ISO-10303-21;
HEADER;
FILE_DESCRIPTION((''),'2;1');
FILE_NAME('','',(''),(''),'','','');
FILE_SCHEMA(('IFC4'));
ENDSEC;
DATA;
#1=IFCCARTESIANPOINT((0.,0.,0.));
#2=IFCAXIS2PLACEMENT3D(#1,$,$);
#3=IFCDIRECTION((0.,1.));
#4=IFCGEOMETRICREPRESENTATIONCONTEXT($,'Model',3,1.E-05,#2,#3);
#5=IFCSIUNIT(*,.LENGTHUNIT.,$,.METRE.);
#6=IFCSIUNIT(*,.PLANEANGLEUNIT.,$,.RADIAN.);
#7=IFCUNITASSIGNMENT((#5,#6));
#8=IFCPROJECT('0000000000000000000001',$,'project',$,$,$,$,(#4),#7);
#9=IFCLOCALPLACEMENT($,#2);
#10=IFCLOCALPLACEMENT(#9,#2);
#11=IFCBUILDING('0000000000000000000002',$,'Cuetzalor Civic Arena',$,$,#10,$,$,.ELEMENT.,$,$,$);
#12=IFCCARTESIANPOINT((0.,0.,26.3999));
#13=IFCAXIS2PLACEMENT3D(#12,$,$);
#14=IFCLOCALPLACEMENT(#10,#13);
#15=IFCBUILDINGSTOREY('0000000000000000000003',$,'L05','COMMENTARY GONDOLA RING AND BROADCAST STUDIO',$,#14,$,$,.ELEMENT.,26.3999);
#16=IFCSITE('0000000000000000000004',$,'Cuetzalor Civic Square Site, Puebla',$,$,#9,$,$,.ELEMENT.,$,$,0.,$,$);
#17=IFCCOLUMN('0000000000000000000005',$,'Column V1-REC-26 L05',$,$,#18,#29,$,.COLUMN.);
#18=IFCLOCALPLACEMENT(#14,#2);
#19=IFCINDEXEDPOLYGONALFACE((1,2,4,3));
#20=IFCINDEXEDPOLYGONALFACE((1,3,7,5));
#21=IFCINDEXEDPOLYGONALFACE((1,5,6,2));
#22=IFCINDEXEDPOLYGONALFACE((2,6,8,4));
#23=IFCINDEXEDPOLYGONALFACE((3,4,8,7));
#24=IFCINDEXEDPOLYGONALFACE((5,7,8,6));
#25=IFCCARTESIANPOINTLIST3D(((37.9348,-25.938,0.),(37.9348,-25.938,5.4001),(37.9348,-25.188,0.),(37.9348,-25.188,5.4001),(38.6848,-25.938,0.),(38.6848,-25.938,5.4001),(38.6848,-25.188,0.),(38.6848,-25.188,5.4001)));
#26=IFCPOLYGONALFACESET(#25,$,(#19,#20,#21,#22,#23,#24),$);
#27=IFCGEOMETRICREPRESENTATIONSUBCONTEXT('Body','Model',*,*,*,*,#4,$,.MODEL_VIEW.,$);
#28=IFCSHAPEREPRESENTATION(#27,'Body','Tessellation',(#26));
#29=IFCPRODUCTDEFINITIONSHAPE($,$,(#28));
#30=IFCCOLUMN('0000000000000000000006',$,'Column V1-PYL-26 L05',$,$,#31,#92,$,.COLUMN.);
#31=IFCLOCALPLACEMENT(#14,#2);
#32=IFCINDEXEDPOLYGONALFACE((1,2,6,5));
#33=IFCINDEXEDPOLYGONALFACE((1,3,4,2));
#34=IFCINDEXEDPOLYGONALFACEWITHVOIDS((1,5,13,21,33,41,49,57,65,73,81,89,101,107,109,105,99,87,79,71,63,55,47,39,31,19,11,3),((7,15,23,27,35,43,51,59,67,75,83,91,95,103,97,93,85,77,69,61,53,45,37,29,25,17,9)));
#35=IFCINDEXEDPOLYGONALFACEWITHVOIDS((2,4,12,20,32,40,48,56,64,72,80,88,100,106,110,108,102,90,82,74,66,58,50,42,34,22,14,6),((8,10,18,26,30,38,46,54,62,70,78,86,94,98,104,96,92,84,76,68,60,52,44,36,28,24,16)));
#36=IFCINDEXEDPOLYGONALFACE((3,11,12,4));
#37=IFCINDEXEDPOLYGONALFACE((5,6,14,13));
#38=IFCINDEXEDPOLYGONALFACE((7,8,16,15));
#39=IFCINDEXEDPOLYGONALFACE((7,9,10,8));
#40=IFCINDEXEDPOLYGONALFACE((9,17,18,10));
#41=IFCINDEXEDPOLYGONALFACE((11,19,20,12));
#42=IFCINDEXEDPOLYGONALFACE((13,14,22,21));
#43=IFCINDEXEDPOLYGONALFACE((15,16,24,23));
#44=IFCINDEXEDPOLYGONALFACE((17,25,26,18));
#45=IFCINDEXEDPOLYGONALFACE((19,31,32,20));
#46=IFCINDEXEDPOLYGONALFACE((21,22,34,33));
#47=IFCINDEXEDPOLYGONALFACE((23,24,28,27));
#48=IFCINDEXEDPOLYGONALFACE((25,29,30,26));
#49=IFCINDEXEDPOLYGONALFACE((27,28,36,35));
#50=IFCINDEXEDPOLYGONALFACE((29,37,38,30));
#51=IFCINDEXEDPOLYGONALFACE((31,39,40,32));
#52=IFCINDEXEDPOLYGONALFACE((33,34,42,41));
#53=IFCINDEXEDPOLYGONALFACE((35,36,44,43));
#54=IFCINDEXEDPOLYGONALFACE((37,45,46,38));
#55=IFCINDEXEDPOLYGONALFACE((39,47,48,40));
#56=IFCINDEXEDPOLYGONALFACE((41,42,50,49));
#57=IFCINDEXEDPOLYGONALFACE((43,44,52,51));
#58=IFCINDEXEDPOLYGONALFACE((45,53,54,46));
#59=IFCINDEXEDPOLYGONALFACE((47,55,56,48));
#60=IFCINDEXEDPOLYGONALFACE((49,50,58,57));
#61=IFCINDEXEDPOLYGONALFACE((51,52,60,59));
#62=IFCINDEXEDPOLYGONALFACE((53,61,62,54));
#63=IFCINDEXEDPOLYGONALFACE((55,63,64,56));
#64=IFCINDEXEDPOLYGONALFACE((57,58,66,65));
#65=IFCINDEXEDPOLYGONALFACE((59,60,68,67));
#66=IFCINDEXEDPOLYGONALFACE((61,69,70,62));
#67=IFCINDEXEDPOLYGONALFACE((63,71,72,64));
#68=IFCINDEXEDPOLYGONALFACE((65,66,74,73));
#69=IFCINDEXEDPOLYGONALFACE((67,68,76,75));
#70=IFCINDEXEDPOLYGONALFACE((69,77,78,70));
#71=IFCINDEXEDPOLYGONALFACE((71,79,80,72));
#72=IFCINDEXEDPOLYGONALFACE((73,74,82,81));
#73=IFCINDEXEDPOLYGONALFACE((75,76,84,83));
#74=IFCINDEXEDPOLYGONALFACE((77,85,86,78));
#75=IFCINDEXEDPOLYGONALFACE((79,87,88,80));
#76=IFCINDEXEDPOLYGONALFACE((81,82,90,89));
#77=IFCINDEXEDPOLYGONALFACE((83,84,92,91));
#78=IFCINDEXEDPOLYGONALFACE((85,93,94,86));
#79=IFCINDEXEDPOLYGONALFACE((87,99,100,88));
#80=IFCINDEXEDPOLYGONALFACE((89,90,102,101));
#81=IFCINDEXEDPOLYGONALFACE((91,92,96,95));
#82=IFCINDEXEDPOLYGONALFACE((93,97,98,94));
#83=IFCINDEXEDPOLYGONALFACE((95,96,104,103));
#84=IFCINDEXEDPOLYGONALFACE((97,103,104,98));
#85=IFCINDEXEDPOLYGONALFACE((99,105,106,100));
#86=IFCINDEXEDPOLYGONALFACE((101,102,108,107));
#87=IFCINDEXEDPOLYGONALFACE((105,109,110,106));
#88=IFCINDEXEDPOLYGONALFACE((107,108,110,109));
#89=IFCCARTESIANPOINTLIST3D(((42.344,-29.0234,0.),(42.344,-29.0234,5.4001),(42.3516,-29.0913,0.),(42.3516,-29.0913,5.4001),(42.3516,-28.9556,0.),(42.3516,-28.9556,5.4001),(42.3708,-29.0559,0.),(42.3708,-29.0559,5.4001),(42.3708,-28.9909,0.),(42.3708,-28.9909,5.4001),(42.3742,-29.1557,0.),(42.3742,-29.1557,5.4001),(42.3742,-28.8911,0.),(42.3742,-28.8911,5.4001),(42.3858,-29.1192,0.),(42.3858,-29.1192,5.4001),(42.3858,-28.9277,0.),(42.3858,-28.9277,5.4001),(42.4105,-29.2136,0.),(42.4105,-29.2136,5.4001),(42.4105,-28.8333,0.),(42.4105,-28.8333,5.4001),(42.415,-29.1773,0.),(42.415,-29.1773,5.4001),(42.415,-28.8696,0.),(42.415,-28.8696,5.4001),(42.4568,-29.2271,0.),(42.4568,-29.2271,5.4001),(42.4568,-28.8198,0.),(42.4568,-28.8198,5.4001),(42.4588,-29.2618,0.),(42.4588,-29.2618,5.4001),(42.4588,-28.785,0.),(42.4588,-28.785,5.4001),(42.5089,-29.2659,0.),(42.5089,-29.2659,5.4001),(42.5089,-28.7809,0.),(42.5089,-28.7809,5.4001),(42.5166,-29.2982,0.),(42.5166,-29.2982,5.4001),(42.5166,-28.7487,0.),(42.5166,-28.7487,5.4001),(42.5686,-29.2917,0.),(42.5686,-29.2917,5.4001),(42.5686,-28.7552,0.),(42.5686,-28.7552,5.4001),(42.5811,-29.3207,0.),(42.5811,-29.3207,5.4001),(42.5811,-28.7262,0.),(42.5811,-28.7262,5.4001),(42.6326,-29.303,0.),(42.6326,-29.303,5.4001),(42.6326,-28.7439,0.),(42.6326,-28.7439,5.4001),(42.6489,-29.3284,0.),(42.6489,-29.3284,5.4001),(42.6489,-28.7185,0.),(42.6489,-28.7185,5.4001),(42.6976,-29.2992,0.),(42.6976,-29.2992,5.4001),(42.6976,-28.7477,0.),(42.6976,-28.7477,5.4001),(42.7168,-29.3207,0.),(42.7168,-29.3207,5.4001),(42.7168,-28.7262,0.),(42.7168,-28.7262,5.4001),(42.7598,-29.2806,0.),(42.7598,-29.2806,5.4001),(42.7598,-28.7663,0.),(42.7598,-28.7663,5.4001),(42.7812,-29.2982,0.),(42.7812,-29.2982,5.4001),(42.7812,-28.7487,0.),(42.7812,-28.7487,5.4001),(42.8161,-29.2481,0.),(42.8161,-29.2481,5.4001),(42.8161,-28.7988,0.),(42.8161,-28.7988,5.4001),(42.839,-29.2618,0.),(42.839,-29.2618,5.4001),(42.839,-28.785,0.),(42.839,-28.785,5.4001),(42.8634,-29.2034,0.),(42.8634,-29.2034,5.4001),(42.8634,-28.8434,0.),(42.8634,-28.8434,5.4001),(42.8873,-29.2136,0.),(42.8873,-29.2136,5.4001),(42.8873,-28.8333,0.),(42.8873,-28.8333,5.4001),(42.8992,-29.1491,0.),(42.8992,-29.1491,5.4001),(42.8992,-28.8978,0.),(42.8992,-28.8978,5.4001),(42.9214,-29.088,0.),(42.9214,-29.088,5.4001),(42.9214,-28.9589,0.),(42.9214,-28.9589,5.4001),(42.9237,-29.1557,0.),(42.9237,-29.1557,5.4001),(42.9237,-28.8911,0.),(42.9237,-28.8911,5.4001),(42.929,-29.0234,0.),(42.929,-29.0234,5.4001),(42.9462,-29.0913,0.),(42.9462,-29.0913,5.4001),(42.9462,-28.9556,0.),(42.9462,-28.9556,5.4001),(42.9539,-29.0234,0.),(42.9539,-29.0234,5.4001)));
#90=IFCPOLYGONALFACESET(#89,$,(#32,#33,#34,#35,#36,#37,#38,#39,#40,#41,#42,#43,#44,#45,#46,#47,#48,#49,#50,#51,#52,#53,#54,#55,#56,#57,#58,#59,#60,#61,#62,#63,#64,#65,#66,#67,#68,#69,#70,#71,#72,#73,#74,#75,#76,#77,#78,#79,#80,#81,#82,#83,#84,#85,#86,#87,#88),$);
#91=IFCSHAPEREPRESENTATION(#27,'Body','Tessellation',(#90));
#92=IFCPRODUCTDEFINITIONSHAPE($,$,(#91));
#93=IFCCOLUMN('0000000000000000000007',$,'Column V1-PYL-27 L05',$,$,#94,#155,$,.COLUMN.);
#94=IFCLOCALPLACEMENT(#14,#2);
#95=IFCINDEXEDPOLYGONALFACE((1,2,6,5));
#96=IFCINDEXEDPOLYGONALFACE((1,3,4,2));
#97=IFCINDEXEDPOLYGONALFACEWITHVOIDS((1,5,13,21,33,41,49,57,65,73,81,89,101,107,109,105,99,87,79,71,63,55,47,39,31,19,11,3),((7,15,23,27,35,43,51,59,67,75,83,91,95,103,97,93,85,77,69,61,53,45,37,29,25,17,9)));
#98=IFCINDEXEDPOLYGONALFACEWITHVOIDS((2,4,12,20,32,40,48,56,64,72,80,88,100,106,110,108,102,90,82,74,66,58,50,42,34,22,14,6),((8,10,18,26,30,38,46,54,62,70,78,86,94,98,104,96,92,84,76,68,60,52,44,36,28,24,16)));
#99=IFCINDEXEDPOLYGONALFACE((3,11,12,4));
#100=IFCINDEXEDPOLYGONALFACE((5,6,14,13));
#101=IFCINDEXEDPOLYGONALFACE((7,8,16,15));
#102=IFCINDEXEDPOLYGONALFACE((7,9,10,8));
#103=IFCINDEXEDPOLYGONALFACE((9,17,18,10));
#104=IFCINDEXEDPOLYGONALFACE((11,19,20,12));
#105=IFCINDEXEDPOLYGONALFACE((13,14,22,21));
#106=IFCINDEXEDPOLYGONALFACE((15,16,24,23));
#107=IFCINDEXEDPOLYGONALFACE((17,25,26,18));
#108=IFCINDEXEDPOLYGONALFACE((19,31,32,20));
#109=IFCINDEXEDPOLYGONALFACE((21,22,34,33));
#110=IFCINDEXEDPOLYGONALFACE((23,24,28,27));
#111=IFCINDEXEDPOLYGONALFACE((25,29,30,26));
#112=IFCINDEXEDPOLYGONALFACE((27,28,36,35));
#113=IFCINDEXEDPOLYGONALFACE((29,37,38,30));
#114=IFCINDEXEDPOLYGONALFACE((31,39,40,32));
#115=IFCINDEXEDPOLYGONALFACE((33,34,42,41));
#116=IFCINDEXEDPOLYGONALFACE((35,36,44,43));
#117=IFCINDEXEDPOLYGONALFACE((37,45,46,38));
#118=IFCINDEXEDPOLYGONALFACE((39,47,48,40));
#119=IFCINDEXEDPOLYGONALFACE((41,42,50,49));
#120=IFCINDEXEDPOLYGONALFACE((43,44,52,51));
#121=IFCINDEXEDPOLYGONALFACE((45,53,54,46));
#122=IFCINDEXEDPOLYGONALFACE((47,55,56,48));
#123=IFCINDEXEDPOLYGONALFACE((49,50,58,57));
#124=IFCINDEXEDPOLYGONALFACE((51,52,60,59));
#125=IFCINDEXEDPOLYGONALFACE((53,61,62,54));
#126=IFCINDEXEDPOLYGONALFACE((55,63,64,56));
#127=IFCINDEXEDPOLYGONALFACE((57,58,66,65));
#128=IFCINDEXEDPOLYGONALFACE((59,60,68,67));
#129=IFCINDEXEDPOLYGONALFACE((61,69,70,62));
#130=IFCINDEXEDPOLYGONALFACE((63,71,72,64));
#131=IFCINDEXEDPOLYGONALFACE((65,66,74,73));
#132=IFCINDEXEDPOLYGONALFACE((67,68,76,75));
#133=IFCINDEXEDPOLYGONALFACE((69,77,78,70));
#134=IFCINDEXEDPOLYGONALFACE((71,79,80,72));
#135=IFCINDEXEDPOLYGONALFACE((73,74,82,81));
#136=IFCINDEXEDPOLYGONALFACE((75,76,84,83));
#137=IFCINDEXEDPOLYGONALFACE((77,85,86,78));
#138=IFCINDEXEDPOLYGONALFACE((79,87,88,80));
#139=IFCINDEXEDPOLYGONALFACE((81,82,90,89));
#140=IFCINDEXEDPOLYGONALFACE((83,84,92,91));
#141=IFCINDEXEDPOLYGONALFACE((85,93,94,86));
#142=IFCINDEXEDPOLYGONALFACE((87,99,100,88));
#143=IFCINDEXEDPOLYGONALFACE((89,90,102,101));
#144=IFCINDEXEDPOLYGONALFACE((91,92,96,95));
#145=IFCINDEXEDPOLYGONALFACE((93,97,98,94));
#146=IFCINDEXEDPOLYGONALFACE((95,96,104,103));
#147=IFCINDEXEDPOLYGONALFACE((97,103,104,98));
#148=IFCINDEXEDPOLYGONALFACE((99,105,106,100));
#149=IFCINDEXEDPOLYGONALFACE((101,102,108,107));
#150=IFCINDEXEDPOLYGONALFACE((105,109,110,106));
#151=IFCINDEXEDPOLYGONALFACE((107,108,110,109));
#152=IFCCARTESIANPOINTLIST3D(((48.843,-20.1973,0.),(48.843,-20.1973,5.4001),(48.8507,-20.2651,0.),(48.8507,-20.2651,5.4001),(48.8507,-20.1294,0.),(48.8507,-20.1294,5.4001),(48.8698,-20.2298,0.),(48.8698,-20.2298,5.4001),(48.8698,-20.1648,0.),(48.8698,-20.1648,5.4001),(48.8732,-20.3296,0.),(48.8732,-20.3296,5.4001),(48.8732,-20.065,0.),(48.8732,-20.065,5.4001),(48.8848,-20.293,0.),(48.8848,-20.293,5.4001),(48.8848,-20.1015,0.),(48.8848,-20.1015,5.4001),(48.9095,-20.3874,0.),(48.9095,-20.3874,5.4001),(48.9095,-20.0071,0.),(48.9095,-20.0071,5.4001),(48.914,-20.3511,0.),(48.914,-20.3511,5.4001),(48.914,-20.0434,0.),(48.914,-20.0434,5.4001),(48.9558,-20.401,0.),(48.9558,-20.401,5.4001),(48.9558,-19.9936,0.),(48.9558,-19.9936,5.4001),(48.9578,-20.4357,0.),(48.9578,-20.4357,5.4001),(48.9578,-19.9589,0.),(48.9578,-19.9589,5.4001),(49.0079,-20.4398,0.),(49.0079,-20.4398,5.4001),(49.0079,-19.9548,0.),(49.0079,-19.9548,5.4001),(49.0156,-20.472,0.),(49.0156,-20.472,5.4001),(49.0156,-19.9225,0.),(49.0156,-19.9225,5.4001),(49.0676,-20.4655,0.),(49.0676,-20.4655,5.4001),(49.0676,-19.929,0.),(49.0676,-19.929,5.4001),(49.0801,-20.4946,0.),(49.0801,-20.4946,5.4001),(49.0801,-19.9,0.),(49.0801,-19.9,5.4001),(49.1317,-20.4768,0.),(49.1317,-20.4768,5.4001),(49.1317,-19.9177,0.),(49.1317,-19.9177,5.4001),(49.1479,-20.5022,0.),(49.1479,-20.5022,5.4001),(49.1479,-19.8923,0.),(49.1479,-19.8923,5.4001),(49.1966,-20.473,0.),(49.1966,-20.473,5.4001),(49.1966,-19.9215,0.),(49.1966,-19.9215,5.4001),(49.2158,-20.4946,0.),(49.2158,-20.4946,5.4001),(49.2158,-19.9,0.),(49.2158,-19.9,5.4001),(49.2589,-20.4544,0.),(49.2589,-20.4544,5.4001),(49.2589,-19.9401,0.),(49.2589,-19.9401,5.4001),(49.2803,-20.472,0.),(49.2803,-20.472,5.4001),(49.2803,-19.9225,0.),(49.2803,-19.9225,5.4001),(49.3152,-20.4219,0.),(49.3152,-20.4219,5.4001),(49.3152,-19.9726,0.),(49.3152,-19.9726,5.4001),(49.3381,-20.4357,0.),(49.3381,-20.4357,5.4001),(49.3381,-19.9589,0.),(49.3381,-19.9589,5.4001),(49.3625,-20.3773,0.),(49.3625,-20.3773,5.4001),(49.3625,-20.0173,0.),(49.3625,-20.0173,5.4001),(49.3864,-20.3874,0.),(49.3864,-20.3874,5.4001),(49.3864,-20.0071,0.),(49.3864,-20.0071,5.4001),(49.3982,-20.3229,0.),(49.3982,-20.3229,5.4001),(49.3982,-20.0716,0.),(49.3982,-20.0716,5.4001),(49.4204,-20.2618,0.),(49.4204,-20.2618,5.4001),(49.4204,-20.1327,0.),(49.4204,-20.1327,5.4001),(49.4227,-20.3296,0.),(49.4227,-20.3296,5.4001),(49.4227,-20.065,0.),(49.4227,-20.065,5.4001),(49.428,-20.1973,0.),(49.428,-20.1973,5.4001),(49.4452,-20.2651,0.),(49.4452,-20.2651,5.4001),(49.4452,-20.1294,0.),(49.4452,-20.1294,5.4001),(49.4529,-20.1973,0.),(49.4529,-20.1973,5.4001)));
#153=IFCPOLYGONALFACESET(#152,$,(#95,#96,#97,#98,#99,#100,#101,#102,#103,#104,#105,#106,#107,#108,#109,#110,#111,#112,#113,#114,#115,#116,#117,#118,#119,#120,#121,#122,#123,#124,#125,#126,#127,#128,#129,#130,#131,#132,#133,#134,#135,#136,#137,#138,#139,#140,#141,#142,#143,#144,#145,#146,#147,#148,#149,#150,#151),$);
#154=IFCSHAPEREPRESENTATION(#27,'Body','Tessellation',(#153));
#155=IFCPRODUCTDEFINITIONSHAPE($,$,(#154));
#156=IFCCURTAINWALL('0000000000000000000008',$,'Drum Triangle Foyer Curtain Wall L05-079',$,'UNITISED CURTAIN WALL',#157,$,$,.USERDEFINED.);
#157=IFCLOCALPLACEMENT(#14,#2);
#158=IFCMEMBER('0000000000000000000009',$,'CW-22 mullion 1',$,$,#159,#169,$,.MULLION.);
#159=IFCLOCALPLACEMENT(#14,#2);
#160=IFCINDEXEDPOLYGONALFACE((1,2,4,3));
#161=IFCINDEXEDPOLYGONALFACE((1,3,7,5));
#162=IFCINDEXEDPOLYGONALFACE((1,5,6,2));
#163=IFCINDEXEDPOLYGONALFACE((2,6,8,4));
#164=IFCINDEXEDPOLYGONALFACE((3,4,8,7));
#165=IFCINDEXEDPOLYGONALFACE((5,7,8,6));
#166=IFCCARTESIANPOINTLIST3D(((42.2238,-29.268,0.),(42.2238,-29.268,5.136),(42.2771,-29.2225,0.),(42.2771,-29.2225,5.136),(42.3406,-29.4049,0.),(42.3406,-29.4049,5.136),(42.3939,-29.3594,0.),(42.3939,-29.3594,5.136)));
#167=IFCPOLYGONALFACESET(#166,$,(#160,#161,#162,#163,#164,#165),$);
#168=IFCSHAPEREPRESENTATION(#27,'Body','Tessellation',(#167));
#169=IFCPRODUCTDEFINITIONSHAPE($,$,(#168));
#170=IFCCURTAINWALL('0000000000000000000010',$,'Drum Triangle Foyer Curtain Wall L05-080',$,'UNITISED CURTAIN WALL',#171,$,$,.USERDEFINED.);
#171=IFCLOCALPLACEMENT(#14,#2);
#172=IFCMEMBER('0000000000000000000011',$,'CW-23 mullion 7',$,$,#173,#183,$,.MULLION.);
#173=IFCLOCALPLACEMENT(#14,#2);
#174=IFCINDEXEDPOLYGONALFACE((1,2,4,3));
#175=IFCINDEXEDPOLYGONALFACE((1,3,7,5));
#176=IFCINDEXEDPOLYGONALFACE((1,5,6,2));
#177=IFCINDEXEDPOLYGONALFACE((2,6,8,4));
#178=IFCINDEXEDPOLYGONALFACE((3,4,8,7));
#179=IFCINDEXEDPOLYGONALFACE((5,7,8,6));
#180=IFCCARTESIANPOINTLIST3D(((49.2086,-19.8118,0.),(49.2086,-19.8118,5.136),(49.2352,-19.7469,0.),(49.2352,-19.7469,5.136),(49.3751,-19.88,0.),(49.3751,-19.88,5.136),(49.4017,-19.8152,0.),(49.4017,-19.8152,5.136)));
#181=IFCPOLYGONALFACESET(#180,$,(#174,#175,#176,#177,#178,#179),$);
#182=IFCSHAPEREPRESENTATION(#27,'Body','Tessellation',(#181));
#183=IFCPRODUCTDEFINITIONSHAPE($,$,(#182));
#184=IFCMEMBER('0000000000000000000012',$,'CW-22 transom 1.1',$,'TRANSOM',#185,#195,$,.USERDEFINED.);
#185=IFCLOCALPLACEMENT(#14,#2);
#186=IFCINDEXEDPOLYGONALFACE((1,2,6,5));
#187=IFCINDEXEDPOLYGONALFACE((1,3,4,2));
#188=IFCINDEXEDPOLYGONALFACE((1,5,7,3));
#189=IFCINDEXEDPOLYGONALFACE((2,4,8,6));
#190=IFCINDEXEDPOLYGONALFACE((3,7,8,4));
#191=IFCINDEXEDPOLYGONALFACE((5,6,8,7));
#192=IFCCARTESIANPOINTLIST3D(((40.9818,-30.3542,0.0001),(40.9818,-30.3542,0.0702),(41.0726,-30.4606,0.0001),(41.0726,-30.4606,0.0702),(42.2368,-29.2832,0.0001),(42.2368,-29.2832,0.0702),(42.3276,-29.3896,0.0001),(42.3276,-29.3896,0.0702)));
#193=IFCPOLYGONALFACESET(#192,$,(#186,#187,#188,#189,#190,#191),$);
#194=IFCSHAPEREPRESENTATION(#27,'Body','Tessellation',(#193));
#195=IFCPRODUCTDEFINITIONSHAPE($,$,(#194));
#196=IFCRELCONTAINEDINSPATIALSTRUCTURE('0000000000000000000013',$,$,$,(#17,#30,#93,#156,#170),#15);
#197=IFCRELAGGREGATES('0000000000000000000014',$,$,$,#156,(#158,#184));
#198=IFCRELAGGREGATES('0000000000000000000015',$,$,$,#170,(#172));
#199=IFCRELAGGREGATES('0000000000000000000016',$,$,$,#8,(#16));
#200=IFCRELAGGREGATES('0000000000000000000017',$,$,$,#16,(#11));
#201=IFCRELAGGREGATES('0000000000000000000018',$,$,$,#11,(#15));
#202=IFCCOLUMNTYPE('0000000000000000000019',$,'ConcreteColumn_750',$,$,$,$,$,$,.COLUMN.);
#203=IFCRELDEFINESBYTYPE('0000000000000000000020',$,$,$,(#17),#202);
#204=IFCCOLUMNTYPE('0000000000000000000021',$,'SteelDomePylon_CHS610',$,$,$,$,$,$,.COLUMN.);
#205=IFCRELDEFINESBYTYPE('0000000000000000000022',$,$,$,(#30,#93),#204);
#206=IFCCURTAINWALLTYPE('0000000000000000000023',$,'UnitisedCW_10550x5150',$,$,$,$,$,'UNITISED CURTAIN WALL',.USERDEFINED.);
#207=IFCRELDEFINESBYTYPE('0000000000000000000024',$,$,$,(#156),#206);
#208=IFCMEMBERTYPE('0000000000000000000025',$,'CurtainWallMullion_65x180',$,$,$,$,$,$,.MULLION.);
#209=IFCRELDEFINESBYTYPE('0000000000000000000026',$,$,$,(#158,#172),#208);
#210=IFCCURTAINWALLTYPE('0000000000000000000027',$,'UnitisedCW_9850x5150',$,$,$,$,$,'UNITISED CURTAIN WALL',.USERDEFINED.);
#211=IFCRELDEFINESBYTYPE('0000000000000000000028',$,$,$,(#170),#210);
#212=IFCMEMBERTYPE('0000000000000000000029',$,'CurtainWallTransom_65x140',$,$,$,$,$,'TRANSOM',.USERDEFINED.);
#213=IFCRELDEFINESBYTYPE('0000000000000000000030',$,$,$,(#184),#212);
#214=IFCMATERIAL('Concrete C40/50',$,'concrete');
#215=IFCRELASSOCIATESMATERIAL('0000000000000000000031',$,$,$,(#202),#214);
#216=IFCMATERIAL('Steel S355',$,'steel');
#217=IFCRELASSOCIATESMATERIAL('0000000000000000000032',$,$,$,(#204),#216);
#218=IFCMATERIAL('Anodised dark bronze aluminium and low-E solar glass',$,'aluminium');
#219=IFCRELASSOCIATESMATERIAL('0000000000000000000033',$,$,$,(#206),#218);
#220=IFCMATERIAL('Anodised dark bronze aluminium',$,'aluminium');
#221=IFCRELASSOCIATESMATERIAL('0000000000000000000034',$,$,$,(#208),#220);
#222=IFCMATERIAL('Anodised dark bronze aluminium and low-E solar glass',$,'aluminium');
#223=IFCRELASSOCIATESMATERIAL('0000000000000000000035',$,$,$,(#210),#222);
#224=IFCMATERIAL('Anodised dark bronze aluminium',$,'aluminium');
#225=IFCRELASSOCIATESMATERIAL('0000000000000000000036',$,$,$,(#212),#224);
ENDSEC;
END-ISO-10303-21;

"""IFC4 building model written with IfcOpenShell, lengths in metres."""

from ifc_helpers import new_model, si_unit, direction, frame, origin, origin_2d, place, context, subcontext, project, spatial, rectangle, hollow_circle, extrude, material, material_profile, profile_set, type_object, element, aggregate, save


model = new_model("IFC4")

# Units and contexts
model_context = context("Model", 3, precision=1e-05, world=origin(), true_north=direction((0.0, 1.0)))
body_context = subcontext(model_context, "Body", "Model", "MODEL_VIEW")
ifc_project = project(units=[si_unit("LENGTHUNIT", "METRE"), si_unit("PLANEANGLEUNIT", "RADIAN")], contexts=[model_context])

# Site, building, storey
site_placement = place(None, origin())
site = spatial("IfcSite", under=ifc_project, at=site_placement, Name="Cuetzalor Civic Square Site, Puebla", CompositionType="ELEMENT", RefElevation=0.0)
building_placement = place(site_placement, origin())
building = spatial("IfcBuilding", under=site, at=building_placement, Name="Cuetzalor Civic Arena", CompositionType="ELEMENT")
storey_placement = place(building_placement, frame((0.0, 0.0, 26.3999)))
storey = spatial("IfcBuildingStorey", under=building, at=storey_placement, Name="L05", Description="COMMENTARY GONDOLA RING AND BROADCAST STUDIO", CompositionType="ELEMENT", Elevation=26.3999)

# Columns
ifc_material_1 = material(Name="Concrete C40/50", Category="concrete")
ifc_material_profile_1 = material_profile(ifc_material_1, rectangle(XDim=0.75, YDim=0.75, at=origin_2d()), Name="RC 750x750")
ifc_profile_set_1 = profile_set([ifc_material_profile_1], Name="Concrete C40/50")
column_type_1 = type_object("IfcColumnType", Name="ConcreteColumn_750", PredefinedType="COLUMN", material=ifc_profile_set_1)
column_placement = place(storey_placement, frame((38.3098, -25.563, 0.0), z_axis=(0.0, 0.0, 1.0), x_axis=(1.0, 0.0, 0.0)))
element("IfcColumn", 1, at=column_placement, inside=storey, type_object=column_type_1, Name="Column V1-REC-26 L05", PredefinedType="COLUMN", context=body_context, shape_type="SweptSolid", body=[
    extrude(rectangle(XDim=0.75, YDim=0.75, at=origin_2d()), origin(), (0.0, 0.0, 1.0), 5.4001),
])
ifc_material_2 = material(Name="Steel S355", Category="steel")
ifc_material_profile_2 = material_profile(ifc_material_2, hollow_circle(Radius=0.3049, WallThickness=0.0249, at=origin_2d()), Name="CHS 610x25")
ifc_profile_set_2 = profile_set([ifc_material_profile_2], Name="Steel S355")
column_type_2 = type_object("IfcColumnType", Name="SteelDomePylon_CHS610", PredefinedType="COLUMN", material=ifc_profile_set_2)
for number, where, z_axis, x_axis, name in (
    (2, (42.6489, -29.0234, 0.0), (0.0, 0.0, 1.0), (1.0, 0.0, 0.0), "Column V1-PYL-26 L05"),
    (3, (49.1479, -20.1973, 0.0), (0.0, 0.0, 1.0), (1.0, 0.0, 0.0), "Column V1-PYL-27 L05"),
):
    element("IfcColumn", number, at=place(storey_placement, frame(where, z_axis=z_axis, x_axis=x_axis)), inside=storey, type_object=column_type_2, Name=name, PredefinedType="COLUMN", context=body_context, shape_type="SweptSolid", body=[
        extrude(hollow_circle(Radius=0.3049, WallThickness=0.0249, at=origin_2d()), origin(), (0.0, 0.0, 1.0), 5.4001),
    ])

# Curtain walls, members
ifc_material_3 = material(Name="Anodised dark bronze aluminium and low-E solar glass", Category="aluminium")
curtain_wall_type_1 = type_object("IfcCurtainWallType", Name="UnitisedCW_10550x5150", ElementType="UNITISED CURTAIN WALL", PredefinedType="USERDEFINED", material=ifc_material_3)
curtain_wall_1_placement = place(storey_placement, origin())
curtain_wall_1 = element("IfcCurtainWall", 4, at=curtain_wall_1_placement, inside=storey, type_object=curtain_wall_type_1, Name="Drum Triangle Foyer Curtain Wall L05-079", ObjectType="UNITISED CURTAIN WALL", PredefinedType="USERDEFINED")
ifc_material_4 = material(Name="Anodised dark bronze aluminium", Category="aluminium")
ifc_material_profile_3 = material_profile(ifc_material_4, rectangle(XDim=0.0701, YDim=0.1799, at=origin_2d()), Name="ALU MULLION 70x180")
ifc_profile_set_3 = profile_set([ifc_material_profile_3], Name="Anodised dark bronze aluminium")
member_type_1 = type_object("IfcMemberType", Name="CurtainWallMullion_65x180", PredefinedType="MULLION", material=ifc_profile_set_3)
member_1_placement = place(storey_placement, frame((42.3088, -29.3137, 0.0), z_axis=(0.0, 0.0, 1.0), x_axis=(-0.760677, -0.64913, 0.0)))
member_1 = element("IfcMember", 5, at=member_1_placement, type_object=member_type_1, Name="CW-22 mullion 1", PredefinedType="MULLION", context=body_context, shape_type="SweptSolid", body=[
    extrude(rectangle(XDim=0.0701, YDim=0.1799, at=origin_2d()), origin(), (0.0, 0.0, 1.0), 5.136),
])
ifc_material_5 = material(Name="Anodised dark bronze aluminium and low-E solar glass", Category="aluminium")
curtain_wall_type_2 = type_object("IfcCurtainWallType", Name="UnitisedCW_9850x5150", ElementType="UNITISED CURTAIN WALL", PredefinedType="USERDEFINED", material=ifc_material_5)
curtain_wall_2_placement = place(storey_placement, origin())
curtain_wall_2 = element("IfcCurtainWall", 6, at=curtain_wall_2_placement, inside=storey, type_object=curtain_wall_type_2, Name="Drum Triangle Foyer Curtain Wall L05-080", ObjectType="UNITISED CURTAIN WALL", PredefinedType="USERDEFINED")
member_2_placement = place(storey_placement, frame((49.3052, -19.8135, 0.0), z_axis=(0.0, 0.0, 1.0), x_axis=(-0.379391, -0.925236, 0.0)))
member_2 = element("IfcMember", 7, at=member_2_placement, type_object=member_type_1, Name="CW-23 mullion 7", PredefinedType="MULLION", context=body_context, shape_type="SweptSolid", body=[
    extrude(rectangle(XDim=0.0701, YDim=0.1799, at=origin_2d()), origin(), (0.0, 0.0, 1.0), 5.136),
])

# Member
ifc_material_6 = material(Name="Anodised dark bronze aluminium", Category="aluminium")
ifc_material_profile_4 = material_profile(ifc_material_6, rectangle(XDim=0.1399, YDim=0.0701, at=origin_2d()), Name="ALU TRANSOM 70x140")
ifc_profile_set_4 = profile_set([ifc_material_profile_4], Name="Anodised dark bronze aluminium")
member_type_2 = type_object("IfcMemberType", Name="CurtainWallTransom_65x140", ElementType="TRANSOM", PredefinedType="USERDEFINED", material=ifc_profile_set_4)
member_3_placement = place(storey_placement, frame((42.2822, -29.3364, 0.0352), z_axis=(-0.760686, -0.64912, 0.0), x_axis=(0.64912, -0.760686, 0.0)))
member_3 = element("IfcMember", 8, at=member_3_placement, type_object=member_type_2, Name="CW-22 transom 1.1", ObjectType="TRANSOM", PredefinedType="USERDEFINED", context=body_context, shape_type="SweptSolid", body=[
    extrude(rectangle(XDim=0.1399, YDim=0.0701, at=origin_2d()), origin(), (0.0, 0.0, 1.0), 1.6499),
])
aggregate(curtain_wall_1, [member_1, member_3])

aggregate(curtain_wall_2, [member_2])

save(model, "model.ifc")
